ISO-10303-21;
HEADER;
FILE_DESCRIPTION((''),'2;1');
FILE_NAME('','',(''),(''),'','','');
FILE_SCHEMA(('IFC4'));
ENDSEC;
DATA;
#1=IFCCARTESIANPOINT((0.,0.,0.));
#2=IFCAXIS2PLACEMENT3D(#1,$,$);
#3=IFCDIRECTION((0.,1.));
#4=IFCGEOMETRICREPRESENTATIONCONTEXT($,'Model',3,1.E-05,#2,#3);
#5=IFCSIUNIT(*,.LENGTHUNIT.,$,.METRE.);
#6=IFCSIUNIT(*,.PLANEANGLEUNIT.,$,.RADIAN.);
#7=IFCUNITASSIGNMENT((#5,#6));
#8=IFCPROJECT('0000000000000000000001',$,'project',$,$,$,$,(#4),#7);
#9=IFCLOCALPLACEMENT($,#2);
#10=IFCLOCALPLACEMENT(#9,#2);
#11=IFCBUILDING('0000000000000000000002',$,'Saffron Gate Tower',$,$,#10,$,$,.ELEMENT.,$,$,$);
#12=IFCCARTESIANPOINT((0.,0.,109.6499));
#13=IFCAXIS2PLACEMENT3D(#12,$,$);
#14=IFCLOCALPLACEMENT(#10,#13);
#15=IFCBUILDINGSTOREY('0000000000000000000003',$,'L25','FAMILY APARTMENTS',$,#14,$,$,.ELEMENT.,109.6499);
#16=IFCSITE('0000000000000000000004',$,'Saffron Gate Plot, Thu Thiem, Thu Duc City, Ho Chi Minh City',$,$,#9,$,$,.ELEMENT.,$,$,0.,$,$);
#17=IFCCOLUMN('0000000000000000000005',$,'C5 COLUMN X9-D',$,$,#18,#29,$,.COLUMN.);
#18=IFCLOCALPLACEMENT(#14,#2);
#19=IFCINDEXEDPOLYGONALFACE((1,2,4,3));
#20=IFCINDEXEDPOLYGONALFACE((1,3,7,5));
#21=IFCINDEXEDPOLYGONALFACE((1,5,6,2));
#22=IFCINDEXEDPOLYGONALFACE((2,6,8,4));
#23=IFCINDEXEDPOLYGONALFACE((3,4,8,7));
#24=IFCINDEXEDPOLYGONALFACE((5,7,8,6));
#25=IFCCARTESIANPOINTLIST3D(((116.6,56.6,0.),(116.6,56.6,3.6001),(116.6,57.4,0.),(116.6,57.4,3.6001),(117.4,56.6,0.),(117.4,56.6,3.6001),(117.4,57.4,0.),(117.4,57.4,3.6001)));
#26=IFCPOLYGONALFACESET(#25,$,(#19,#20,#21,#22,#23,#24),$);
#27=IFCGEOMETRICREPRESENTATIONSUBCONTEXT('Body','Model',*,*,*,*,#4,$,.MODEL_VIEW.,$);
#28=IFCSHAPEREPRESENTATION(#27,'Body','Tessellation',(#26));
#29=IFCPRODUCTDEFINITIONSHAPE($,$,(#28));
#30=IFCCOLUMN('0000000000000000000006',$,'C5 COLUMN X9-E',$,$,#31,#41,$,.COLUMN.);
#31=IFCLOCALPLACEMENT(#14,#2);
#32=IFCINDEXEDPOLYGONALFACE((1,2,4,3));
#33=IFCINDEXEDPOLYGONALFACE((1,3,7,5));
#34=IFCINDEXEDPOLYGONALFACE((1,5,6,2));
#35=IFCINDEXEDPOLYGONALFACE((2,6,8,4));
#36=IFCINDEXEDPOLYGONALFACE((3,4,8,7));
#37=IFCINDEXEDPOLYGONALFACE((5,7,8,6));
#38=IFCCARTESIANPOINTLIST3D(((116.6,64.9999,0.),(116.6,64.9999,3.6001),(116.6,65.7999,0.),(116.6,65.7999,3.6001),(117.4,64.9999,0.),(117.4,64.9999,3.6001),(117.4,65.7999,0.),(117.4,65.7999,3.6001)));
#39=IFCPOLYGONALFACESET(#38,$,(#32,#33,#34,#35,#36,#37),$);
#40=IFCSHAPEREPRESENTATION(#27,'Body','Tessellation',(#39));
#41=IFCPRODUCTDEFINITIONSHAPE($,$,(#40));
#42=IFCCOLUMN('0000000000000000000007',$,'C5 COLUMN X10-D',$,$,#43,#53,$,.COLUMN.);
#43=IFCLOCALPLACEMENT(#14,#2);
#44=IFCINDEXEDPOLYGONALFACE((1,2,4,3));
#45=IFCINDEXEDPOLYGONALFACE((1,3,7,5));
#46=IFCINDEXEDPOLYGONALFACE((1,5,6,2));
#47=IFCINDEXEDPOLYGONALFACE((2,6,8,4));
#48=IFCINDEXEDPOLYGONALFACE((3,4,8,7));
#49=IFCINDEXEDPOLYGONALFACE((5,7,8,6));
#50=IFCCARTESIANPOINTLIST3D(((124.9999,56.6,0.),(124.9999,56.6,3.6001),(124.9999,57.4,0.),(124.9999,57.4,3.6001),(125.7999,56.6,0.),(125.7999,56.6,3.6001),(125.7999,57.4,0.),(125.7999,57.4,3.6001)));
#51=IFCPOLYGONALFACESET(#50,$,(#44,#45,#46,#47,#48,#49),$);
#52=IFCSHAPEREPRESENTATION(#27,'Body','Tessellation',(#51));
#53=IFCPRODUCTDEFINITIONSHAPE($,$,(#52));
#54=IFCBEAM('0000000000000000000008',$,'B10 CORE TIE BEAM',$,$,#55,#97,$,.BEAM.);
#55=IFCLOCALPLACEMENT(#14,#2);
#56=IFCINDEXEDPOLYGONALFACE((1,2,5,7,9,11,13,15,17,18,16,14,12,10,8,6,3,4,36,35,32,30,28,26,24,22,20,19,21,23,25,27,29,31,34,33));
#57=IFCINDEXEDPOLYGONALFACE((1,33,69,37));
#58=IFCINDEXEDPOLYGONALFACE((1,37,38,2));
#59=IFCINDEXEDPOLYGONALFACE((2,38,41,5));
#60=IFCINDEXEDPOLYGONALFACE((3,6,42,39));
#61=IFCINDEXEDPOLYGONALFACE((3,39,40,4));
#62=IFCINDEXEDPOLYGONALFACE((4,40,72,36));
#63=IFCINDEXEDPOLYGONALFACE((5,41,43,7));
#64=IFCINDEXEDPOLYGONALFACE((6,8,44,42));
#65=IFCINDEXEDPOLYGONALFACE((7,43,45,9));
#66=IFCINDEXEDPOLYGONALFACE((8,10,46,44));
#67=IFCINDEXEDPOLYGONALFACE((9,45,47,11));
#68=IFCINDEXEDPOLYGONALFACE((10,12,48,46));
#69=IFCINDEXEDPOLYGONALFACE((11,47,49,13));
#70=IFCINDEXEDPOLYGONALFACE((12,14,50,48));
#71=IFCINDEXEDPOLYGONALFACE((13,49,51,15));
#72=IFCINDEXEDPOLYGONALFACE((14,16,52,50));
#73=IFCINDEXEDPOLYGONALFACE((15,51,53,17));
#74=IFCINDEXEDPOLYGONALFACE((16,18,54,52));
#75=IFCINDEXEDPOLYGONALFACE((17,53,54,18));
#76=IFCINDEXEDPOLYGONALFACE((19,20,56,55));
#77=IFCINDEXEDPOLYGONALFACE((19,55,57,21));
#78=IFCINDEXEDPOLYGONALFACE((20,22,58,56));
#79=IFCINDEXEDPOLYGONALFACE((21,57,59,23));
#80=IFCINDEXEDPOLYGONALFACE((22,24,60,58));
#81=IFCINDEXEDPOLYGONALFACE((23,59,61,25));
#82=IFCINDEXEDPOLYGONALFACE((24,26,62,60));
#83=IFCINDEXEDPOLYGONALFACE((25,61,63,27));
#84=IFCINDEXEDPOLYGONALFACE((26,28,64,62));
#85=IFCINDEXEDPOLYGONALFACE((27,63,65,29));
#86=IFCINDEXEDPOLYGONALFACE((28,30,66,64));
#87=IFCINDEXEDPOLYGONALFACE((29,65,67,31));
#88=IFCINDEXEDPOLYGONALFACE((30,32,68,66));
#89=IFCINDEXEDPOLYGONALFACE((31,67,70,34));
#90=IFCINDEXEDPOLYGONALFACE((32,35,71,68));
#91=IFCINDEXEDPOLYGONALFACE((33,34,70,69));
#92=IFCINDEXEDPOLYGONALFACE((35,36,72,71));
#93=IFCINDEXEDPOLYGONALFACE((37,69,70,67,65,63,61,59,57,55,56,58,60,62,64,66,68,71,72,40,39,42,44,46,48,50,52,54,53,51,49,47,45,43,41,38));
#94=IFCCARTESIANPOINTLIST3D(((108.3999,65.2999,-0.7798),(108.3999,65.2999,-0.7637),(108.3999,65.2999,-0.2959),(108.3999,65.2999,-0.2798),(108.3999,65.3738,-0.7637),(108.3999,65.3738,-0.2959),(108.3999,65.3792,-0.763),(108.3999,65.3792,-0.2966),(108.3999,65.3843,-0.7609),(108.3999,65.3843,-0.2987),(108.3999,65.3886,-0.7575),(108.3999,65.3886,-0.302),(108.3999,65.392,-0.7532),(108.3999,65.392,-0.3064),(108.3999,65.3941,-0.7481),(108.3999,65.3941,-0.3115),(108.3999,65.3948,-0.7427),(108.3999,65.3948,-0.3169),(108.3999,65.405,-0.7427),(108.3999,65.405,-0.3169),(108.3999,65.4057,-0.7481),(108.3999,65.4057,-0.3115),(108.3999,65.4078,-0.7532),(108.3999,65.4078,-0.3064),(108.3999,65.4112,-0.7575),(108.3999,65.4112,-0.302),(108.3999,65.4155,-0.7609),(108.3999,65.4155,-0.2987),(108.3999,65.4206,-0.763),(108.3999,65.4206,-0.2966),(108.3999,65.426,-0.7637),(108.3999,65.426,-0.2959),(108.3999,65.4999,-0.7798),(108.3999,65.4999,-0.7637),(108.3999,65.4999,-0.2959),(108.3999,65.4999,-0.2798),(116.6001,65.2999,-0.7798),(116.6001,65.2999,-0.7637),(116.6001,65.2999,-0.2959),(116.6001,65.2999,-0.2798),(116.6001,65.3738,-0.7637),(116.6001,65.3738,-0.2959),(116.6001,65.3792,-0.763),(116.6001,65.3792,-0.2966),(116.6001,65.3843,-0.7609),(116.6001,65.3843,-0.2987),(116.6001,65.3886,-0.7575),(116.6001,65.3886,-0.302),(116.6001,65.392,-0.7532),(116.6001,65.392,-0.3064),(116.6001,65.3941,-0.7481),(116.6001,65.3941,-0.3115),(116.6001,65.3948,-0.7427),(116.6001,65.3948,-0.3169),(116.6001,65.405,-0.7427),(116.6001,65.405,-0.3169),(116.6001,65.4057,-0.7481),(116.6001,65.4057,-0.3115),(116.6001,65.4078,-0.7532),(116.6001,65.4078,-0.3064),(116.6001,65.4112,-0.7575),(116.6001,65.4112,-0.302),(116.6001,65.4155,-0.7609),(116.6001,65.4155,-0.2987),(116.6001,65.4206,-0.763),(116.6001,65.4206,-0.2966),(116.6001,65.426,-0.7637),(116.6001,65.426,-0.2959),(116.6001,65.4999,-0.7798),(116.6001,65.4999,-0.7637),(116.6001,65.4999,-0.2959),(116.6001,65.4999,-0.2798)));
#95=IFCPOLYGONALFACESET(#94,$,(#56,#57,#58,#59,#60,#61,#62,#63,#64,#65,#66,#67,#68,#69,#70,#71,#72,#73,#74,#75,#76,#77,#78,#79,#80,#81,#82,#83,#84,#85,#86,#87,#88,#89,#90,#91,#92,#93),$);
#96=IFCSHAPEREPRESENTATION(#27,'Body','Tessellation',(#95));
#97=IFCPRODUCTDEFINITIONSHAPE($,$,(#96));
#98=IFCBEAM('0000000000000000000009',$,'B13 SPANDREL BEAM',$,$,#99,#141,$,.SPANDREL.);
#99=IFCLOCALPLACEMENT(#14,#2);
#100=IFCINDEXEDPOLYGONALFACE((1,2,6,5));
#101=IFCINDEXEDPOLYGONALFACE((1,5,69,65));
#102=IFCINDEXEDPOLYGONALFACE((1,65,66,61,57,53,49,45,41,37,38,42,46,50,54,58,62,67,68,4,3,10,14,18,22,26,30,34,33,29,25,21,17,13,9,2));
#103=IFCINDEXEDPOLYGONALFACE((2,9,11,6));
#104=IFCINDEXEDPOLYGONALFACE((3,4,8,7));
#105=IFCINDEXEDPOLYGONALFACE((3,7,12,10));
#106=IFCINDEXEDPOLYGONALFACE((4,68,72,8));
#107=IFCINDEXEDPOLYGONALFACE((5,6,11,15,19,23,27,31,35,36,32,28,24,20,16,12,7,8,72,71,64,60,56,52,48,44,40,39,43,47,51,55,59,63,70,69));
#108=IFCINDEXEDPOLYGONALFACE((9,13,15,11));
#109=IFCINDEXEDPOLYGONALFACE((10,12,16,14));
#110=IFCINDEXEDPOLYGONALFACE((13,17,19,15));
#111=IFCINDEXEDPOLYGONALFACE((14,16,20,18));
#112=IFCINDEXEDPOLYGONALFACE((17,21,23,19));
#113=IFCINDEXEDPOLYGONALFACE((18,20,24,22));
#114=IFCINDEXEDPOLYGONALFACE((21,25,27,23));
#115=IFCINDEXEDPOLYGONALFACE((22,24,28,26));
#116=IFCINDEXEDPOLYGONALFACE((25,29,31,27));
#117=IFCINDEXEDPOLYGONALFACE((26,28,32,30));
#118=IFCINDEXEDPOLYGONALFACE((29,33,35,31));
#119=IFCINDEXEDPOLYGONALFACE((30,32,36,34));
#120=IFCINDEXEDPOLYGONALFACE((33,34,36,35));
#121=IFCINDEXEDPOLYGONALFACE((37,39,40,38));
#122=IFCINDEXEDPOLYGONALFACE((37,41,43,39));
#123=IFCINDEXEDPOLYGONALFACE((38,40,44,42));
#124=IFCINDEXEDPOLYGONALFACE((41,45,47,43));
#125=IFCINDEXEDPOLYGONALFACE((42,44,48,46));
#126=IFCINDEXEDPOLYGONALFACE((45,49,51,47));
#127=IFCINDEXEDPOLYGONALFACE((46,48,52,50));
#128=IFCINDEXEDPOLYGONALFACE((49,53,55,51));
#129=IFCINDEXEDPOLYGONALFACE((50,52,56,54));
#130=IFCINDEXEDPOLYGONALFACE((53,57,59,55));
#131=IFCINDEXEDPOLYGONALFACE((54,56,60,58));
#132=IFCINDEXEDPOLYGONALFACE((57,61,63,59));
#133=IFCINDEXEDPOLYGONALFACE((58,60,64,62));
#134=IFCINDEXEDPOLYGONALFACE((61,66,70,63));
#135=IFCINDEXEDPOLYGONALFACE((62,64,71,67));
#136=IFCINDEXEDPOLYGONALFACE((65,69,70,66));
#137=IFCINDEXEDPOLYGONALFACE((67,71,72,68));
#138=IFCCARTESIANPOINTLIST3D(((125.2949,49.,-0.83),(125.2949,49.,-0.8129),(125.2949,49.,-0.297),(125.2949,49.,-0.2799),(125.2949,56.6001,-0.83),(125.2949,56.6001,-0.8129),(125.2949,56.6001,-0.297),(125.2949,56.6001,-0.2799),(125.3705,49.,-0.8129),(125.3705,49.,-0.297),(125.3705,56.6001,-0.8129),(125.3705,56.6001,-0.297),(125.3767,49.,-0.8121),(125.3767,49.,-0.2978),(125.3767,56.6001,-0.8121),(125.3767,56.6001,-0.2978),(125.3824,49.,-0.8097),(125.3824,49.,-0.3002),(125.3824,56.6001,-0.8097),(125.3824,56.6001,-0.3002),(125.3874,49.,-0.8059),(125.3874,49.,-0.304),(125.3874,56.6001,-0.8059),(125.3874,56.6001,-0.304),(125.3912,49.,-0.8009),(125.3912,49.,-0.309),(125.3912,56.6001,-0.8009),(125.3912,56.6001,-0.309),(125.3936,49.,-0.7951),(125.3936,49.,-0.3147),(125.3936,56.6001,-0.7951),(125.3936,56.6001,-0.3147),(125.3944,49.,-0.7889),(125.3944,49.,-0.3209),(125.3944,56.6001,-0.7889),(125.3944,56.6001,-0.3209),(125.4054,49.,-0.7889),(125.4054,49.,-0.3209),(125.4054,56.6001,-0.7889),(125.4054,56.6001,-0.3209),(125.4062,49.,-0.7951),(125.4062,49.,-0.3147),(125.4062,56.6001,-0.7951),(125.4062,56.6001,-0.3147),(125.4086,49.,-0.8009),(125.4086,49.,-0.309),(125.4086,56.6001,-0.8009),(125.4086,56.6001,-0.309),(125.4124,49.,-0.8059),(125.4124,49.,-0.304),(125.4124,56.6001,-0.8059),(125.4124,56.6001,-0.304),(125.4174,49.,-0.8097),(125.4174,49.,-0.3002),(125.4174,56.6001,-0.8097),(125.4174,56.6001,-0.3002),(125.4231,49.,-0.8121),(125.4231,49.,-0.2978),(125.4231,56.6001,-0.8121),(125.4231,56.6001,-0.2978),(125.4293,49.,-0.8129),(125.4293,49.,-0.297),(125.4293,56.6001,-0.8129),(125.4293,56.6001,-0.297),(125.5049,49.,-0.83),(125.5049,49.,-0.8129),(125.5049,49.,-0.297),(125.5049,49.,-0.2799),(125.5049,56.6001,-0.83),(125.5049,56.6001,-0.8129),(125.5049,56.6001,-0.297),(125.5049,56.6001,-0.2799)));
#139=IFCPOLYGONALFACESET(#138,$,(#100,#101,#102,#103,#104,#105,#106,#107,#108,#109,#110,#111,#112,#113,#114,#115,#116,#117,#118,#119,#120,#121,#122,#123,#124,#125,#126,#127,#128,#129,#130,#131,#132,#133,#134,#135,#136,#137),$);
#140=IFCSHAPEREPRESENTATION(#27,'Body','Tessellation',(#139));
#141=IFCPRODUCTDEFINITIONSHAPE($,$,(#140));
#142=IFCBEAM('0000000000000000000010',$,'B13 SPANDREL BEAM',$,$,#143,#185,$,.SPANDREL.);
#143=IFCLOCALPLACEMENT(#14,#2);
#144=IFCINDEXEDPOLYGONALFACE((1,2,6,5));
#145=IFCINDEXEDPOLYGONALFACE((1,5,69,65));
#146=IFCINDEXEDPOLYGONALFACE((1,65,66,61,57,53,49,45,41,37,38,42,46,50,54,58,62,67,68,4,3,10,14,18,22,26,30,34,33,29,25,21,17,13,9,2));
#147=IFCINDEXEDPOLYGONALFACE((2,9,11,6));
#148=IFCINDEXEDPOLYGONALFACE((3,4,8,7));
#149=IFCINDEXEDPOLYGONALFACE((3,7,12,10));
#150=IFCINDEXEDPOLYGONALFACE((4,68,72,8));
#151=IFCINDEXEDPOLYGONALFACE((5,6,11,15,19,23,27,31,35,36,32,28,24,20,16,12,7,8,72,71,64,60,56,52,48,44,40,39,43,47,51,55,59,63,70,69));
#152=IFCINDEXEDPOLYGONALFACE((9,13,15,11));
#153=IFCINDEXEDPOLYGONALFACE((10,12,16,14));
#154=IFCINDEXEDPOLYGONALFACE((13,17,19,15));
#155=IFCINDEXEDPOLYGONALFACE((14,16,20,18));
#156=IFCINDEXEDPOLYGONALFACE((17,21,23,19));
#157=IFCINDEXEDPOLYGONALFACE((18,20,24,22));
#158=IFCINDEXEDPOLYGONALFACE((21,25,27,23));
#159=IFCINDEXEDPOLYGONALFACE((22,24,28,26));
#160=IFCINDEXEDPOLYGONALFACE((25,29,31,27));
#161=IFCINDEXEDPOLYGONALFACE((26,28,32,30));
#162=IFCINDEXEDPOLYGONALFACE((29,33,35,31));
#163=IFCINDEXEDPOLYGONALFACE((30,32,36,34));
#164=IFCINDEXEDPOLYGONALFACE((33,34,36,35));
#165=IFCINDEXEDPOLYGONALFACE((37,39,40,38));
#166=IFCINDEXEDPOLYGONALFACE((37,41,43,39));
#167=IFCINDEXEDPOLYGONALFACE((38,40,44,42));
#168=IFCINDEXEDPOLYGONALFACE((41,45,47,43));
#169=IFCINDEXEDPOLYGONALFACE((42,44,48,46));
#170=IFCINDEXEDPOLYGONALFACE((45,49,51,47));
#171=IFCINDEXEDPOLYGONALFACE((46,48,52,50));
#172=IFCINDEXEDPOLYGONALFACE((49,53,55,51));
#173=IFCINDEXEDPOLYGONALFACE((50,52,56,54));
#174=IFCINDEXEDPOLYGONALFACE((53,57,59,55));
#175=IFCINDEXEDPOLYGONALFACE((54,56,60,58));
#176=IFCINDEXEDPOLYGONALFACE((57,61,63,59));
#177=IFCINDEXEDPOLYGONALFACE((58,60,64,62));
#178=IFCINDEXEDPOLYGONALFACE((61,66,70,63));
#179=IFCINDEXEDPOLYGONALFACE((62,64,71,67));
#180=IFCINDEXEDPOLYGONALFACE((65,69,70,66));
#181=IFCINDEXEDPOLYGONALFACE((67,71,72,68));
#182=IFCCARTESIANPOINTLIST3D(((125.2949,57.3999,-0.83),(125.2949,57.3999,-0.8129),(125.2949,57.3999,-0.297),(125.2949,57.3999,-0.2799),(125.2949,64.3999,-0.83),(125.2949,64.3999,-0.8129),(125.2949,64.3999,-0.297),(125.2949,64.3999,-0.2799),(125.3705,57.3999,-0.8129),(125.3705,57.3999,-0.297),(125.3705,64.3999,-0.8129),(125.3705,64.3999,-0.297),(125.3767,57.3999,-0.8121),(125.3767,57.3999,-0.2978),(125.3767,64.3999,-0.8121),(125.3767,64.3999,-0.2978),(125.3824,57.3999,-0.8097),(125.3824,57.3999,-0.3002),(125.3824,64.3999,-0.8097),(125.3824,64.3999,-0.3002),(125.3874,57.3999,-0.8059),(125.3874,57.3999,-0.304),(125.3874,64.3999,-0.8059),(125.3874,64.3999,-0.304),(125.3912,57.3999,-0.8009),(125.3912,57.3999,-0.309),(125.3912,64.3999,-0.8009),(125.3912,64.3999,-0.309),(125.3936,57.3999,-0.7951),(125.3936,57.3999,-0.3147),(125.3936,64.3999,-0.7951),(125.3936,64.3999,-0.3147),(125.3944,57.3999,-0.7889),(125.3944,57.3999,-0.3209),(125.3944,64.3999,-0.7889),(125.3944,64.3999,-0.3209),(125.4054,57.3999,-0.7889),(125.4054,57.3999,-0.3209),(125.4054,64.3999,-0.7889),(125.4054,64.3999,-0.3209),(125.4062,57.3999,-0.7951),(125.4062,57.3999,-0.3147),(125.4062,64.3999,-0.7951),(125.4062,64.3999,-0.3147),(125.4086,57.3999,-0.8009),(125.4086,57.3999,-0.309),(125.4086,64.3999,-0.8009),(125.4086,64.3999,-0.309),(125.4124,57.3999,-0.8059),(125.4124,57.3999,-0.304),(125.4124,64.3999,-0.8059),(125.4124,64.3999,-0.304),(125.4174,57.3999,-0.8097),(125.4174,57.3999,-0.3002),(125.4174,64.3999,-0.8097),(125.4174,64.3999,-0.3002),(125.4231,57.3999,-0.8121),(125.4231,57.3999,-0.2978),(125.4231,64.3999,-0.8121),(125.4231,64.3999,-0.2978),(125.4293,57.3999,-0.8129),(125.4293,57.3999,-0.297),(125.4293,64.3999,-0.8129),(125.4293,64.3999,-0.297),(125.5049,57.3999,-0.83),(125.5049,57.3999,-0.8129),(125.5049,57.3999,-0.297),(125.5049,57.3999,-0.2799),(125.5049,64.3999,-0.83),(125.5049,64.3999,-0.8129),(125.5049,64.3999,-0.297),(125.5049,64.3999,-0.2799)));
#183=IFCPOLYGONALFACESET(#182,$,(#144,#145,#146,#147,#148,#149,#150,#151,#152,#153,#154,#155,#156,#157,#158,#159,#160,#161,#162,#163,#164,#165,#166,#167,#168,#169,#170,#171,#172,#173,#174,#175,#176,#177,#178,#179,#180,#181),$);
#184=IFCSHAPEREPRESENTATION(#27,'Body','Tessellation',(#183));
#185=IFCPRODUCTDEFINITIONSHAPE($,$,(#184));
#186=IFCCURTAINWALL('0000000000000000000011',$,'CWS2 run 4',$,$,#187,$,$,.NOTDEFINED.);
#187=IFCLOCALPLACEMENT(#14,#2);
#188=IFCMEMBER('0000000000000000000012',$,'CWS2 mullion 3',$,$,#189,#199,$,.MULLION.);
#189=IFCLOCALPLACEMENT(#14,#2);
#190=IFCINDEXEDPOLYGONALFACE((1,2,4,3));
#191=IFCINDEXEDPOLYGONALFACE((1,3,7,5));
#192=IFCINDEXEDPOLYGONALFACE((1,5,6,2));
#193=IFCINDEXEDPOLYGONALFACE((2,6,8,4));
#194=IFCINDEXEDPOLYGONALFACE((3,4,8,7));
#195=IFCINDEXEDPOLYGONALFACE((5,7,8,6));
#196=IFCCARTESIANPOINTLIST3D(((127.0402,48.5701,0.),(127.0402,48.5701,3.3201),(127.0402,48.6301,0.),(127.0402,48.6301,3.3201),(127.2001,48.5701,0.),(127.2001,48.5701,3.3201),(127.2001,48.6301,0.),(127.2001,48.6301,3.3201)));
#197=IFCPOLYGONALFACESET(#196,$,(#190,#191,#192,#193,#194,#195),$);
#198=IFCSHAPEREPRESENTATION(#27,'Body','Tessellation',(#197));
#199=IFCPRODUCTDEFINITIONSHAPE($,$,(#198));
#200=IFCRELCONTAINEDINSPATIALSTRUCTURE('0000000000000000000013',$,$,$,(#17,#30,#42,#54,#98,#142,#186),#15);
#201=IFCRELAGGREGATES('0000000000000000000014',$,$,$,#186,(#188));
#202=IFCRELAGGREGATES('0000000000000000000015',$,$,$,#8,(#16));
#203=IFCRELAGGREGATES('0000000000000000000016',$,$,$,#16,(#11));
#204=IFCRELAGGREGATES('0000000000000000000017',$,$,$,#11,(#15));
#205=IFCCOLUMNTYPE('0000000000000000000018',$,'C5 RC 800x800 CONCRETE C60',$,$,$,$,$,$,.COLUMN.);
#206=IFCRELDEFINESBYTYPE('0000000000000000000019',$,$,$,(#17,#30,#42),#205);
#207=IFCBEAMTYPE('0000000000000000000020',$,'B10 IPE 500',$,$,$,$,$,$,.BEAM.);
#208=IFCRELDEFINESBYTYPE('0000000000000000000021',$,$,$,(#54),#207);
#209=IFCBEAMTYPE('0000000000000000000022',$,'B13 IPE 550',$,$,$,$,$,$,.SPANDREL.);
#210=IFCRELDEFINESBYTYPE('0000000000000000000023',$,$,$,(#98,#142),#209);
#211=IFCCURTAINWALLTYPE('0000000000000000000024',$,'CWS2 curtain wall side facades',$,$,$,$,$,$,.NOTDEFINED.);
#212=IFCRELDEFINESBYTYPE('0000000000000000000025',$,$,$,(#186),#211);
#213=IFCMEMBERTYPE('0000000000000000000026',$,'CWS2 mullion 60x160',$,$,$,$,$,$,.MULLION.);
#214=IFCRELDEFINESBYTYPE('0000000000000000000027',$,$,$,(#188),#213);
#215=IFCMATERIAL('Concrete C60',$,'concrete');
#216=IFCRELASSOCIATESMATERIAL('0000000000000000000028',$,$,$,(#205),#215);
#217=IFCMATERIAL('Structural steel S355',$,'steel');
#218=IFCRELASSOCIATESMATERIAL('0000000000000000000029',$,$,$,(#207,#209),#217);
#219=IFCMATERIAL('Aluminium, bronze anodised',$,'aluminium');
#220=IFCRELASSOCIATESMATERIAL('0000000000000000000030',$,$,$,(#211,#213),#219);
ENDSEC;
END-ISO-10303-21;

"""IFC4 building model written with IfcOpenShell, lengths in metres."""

from ifc_helpers import new_model, si_unit, direction, frame, origin, origin_2d, place, context, subcontext, project, spatial, rectangle, i_section, extrude, material, material_profile, profile_set, type_object, element, aggregate, save


model = new_model("IFC4")

# Units and contexts
model_context = context("Model", 3, precision=1e-05, world=origin(), true_north=direction((0.0, 1.0)))
body_context = subcontext(model_context, "Body", "Model", "MODEL_VIEW")
ifc_project = project(units=[si_unit("LENGTHUNIT", "METRE"), si_unit("PLANEANGLEUNIT", "RADIAN")], contexts=[model_context])

# Site, building, storey
site_placement = place(None, origin())
site = spatial("IfcSite", under=ifc_project, at=site_placement, Name="Saffron Gate Plot, Thu Thiem, Thu Duc City, Ho Chi Minh City", CompositionType="ELEMENT", RefElevation=0.0)
building_placement = place(site_placement, origin())
building = spatial("IfcBuilding", under=site, at=building_placement, Name="Saffron Gate Tower", CompositionType="ELEMENT")
storey_placement = place(building_placement, frame((0.0, 0.0, 109.6499)))
storey = spatial("IfcBuildingStorey", under=building, at=storey_placement, Name="L25", Description="FAMILY APARTMENTS", CompositionType="ELEMENT", Elevation=109.6499)

# Columns
ifc_material_1 = material(Name="Concrete C60", Category="concrete")
ifc_material_profile_1 = material_profile(ifc_material_1, rectangle(XDim=0.8, YDim=0.8, at=origin_2d()))
ifc_profile_set_1 = profile_set([ifc_material_profile_1], Name="Concrete C60")
column_type = type_object("IfcColumnType", Name="C5 RC 800x800 CONCRETE C60", PredefinedType="COLUMN", material=ifc_profile_set_1)
for number, where, z_axis, x_axis, name in (
    (1, (117.0, 57.0, 0.0), (0.0, 0.0, 1.0), (1.0, 0.0, 0.0), "C5 COLUMN X9-D"),
    (2, (117.0, 65.3999, 0.0), (0.0, 0.0, 1.0), (1.0, 0.0, 0.0), "C5 COLUMN X9-E"),
    (3, (125.3999, 57.0, 0.0), (0.0, 0.0, 1.0), (1.0, 0.0, 0.0), "C5 COLUMN X10-D"),
):
    element("IfcColumn", number, at=place(storey_placement, frame(where, z_axis=z_axis, x_axis=x_axis)), inside=storey, type_object=column_type, Name=name, PredefinedType="COLUMN", context=body_context, shape_type="SweptSolid", body=[
        extrude(rectangle(XDim=0.8, YDim=0.8, at=origin_2d()), origin(), (0.0, 0.0, 1.0), 3.6001),
    ])

# Beams
ifc_material_2 = material(Name="Structural steel S355", Category="steel")
ifc_material_profile_2 = material_profile(ifc_material_2, i_section(OverallWidth=0.2, OverallDepth=0.5, WebThickness=0.0103, FlangeThickness=0.0161, FilletRadius=0.021, at=origin_2d()))
ifc_profile_set_2 = profile_set([ifc_material_profile_2], Name="Structural steel S355")
beam_type_1 = type_object("IfcBeamType", Name="B10 IPE 500", PredefinedType="BEAM", material=ifc_profile_set_2)
beam_1_placement = place(storey_placement, frame((116.6001, 65.3999, -0.5298), z_axis=(-1.0, 0.0, 0.0), x_axis=(0.0, -1.0, 0.0)))
element("IfcBeam", 4, at=beam_1_placement, inside=storey, type_object=beam_type_1, Name="B10 CORE TIE BEAM", PredefinedType="BEAM", context=body_context, shape_type="SweptSolid", body=[
    extrude(i_section(OverallWidth=0.2, OverallDepth=0.5, WebThickness=0.0103, FlangeThickness=0.0161, FilletRadius=0.021, at=origin_2d()), origin(), (0.0, 0.0, 1.0), 8.2002),
])
ifc_material_profile_3 = material_profile(ifc_material_2, i_section(OverallWidth=0.21, OverallDepth=0.55, WebThickness=0.011, FlangeThickness=0.0171, FilletRadius=0.0239, at=origin_2d()))
ifc_profile_set_3 = profile_set([ifc_material_profile_3], Name="Structural steel S355")
beam_type_2 = type_object("IfcBeamType", Name="B13 IPE 550", PredefinedType="SPANDREL", material=ifc_profile_set_3)
beam_2_placement = place(storey_placement, frame((125.3999, 49.0, -0.5549), z_axis=(0.0, 1.0, 0.0), x_axis=(-1.0, 0.0, 0.0)))
element("IfcBeam", 5, at=beam_2_placement, inside=storey, type_object=beam_type_2, Name="B13 SPANDREL BEAM", PredefinedType="SPANDREL", context=body_context, shape_type="SweptSolid", body=[
    extrude(i_section(OverallWidth=0.21, OverallDepth=0.55, WebThickness=0.011, FlangeThickness=0.0171, FilletRadius=0.0239, at=origin_2d()), origin(), (0.0, 0.0, 1.0), 7.6001),
])
beam_3_placement = place(storey_placement, frame((125.3999, 57.3999, -0.5549), z_axis=(0.0, 1.0, 0.0), x_axis=(-1.0, 0.0, 0.0)))
element("IfcBeam", 6, at=beam_3_placement, inside=storey, type_object=beam_type_2, Name="B13 SPANDREL BEAM", PredefinedType="SPANDREL", context=body_context, shape_type="SweptSolid", body=[
    extrude(i_section(OverallWidth=0.21, OverallDepth=0.55, WebThickness=0.011, FlangeThickness=0.0171, FilletRadius=0.0239, at=origin_2d()), origin(), (0.0, 0.0, 1.0), 7.0),
])

# Curtain wall, member
ifc_material_3 = material(Name="Aluminium, bronze anodised", Category="aluminium")
curtain_wall_type = type_object("IfcCurtainWallType", Name="CWS2 curtain wall side facades", PredefinedType="NOTDEFINED", material=ifc_material_3)
curtain_wall_placement = place(storey_placement, origin())
curtain_wall = element("IfcCurtainWall", 7, at=curtain_wall_placement, inside=storey, type_object=curtain_wall_type, Name="CWS2 run 4", PredefinedType="NOTDEFINED")
ifc_material_profile_4 = material_profile(ifc_material_3, rectangle(XDim=0.1599, YDim=0.0601, at=origin_2d()))
ifc_profile_set_4 = profile_set([ifc_material_profile_4], Name="Aluminium, bronze anodised")
member_type = type_object("IfcMemberType", Name="CWS2 mullion 60x160", PredefinedType="MULLION", material=ifc_profile_set_4)
member_1_placement = place(storey_placement, frame((127.1201, 48.6001, 0.0), z_axis=(0.0, 0.0, 1.0), x_axis=(-1.0, 0.0, 0.0)))
member_1 = element("IfcMember", 8, at=member_1_placement, type_object=member_type, Name="CWS2 mullion 3", PredefinedType="MULLION", context=body_context, shape_type="SweptSolid", body=[
    extrude(rectangle(XDim=0.1599, YDim=0.0601, at=origin_2d()), origin(), (0.0, 0.0, 1.0), 3.3201),
])
aggregate(curtain_wall, [member_1])

save(model, "model.ifc")
